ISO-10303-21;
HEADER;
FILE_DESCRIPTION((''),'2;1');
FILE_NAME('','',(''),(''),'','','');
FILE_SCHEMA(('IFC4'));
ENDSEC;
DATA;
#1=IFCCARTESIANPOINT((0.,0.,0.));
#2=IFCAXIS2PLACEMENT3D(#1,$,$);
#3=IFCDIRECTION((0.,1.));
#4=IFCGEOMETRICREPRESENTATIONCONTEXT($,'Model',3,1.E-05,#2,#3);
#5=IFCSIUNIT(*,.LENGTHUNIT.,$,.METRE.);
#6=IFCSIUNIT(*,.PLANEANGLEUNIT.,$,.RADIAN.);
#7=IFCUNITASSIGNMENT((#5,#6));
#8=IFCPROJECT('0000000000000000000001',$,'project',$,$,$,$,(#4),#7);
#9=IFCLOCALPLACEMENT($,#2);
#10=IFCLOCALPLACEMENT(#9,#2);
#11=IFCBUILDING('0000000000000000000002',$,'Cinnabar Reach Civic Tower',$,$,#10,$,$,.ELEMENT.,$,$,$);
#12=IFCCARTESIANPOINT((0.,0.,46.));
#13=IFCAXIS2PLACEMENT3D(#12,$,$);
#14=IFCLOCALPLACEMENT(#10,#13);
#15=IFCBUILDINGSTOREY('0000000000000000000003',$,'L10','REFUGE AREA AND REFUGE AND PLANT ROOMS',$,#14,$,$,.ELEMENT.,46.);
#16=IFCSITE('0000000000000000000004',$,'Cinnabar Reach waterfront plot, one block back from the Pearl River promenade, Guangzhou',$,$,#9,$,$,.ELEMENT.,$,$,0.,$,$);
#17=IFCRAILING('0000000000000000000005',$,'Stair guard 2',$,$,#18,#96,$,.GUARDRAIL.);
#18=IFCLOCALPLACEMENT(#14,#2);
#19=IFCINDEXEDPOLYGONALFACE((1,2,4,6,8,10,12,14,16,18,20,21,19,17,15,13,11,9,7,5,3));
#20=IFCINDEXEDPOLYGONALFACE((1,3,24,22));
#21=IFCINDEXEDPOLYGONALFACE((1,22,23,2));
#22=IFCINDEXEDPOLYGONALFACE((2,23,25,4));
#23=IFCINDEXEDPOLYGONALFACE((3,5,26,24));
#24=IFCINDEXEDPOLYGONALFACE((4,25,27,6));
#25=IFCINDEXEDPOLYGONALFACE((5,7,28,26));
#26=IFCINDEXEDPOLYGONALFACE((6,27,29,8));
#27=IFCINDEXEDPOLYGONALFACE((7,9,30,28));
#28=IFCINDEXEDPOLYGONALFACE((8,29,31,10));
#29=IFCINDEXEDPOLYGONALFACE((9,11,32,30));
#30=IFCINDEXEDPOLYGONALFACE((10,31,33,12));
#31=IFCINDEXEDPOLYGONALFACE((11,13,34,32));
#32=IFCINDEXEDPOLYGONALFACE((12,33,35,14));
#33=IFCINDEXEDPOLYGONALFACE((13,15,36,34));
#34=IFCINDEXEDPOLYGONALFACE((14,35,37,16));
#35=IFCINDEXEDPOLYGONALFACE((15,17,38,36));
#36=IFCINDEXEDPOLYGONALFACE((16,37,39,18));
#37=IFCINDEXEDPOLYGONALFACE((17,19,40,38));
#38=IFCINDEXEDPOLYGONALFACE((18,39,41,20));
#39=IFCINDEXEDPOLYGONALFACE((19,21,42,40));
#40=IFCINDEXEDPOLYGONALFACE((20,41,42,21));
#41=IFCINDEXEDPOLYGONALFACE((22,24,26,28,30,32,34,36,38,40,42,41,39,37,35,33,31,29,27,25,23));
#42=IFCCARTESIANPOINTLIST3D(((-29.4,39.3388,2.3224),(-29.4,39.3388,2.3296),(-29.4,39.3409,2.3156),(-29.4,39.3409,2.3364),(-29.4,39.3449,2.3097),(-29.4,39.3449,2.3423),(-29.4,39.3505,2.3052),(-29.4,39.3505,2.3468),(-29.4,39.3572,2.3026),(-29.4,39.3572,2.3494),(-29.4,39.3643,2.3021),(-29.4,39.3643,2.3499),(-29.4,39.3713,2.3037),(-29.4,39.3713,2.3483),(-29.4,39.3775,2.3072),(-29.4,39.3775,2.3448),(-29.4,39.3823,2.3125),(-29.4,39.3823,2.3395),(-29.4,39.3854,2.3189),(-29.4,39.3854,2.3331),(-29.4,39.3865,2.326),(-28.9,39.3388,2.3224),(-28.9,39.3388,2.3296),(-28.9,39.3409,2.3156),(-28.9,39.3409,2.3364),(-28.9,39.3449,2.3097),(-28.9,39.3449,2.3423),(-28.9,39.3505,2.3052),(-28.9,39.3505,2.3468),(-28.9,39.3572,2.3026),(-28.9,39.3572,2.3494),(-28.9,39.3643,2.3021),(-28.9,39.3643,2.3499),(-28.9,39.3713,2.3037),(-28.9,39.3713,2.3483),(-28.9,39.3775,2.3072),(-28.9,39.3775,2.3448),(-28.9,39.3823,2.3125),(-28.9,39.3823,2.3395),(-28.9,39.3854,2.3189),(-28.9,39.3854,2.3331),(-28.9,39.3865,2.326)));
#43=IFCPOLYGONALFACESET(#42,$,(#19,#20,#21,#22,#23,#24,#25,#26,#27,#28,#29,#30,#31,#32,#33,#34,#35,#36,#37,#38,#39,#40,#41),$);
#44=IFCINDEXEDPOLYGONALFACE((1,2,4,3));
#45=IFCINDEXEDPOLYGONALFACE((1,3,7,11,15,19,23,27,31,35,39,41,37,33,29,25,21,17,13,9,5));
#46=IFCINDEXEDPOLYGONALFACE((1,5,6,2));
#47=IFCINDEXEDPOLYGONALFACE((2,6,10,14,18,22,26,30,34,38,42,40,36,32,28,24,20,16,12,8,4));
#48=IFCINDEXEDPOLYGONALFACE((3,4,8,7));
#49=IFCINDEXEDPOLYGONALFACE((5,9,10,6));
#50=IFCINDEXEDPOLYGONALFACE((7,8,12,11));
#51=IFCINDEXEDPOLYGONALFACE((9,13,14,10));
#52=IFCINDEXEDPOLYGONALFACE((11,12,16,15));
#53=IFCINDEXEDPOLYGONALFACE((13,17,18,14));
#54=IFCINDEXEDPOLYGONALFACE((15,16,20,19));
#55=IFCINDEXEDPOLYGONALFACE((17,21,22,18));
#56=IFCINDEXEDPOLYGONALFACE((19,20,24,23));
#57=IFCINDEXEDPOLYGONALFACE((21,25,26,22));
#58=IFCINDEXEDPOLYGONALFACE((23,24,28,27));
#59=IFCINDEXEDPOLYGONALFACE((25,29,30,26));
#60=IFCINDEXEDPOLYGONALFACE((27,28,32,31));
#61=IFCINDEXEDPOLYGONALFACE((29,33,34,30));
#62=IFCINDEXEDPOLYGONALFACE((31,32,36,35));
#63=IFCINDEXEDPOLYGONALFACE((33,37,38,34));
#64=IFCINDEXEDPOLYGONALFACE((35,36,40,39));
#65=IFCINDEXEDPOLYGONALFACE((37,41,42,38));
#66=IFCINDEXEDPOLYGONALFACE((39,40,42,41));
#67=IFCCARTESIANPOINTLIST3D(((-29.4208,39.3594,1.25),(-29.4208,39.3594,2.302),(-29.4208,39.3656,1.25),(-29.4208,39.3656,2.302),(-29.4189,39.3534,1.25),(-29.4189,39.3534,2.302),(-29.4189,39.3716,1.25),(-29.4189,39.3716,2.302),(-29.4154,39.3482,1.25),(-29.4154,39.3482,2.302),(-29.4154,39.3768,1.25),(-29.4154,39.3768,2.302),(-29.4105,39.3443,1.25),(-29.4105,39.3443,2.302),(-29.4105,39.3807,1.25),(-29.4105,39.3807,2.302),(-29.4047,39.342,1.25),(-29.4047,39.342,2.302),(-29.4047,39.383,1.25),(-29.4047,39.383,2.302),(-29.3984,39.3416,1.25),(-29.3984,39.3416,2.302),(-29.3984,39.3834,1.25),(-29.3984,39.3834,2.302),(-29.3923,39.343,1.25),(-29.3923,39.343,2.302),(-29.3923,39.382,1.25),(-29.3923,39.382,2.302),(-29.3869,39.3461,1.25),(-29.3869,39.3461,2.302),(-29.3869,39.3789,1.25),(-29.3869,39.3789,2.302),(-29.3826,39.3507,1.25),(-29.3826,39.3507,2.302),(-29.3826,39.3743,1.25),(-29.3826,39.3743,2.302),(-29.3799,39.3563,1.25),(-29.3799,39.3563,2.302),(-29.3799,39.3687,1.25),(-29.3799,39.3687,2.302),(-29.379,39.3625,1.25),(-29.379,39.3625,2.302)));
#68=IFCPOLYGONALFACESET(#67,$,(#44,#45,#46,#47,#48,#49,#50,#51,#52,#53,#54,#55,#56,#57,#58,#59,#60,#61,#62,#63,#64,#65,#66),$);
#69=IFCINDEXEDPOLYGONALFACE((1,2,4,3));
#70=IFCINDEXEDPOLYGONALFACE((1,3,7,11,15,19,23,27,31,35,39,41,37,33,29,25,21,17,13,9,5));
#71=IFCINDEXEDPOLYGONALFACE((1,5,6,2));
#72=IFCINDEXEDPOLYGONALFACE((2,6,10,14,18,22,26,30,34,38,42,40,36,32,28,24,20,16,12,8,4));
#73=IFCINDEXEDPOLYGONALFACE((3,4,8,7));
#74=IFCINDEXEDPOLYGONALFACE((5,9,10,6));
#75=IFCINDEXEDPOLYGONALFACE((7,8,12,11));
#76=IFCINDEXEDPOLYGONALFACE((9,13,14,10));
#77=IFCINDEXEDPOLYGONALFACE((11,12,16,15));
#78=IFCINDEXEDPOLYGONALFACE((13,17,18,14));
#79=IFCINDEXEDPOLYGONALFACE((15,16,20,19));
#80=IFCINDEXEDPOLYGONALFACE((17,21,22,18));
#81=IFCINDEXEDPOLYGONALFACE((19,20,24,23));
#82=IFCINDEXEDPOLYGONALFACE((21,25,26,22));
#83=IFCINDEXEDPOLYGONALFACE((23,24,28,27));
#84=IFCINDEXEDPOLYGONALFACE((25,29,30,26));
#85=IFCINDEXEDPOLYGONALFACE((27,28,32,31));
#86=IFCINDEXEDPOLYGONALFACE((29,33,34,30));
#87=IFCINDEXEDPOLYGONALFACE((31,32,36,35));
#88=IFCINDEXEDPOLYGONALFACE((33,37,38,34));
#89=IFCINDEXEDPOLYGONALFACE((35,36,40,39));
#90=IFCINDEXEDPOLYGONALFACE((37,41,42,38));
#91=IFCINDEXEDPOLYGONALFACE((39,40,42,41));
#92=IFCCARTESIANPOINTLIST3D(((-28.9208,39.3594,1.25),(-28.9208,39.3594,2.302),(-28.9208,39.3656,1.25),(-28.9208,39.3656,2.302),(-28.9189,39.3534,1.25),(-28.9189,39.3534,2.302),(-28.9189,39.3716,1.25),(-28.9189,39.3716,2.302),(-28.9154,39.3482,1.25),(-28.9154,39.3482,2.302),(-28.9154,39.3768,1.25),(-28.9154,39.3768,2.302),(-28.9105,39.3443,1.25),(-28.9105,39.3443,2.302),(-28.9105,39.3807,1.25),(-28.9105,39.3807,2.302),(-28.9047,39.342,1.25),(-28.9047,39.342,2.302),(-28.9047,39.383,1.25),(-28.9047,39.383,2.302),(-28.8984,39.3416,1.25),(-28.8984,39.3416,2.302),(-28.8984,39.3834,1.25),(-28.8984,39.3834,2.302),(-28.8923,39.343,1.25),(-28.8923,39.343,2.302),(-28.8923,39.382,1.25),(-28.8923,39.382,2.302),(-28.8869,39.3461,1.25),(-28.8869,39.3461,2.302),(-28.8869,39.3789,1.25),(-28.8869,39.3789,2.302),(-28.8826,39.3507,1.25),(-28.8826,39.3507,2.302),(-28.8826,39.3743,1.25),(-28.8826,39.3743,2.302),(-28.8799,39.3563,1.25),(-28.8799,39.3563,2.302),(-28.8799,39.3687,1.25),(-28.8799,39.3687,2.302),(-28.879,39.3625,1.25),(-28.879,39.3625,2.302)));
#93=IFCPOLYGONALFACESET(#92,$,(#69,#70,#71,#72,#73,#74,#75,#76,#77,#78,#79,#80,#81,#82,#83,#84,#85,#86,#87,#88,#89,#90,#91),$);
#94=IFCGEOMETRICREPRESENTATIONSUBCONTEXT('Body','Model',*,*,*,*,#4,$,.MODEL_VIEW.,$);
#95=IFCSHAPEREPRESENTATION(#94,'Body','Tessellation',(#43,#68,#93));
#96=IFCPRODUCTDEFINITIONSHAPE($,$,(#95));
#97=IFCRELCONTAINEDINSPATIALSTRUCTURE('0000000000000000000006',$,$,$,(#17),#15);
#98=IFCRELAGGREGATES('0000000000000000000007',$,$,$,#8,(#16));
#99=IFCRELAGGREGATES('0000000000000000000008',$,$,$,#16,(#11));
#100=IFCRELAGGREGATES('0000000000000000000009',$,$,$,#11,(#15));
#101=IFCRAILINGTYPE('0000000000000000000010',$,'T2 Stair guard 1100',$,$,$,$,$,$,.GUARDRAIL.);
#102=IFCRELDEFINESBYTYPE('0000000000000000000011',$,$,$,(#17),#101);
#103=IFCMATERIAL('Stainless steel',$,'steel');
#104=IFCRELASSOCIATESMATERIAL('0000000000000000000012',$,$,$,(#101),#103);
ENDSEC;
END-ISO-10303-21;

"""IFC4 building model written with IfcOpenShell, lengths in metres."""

from ifc_helpers import new_model, si_unit, direction, frame, origin, origin_2d, place, context, subcontext, project, spatial, circle, extrude, material, type_object, element, save


model = new_model("IFC4")

# Units and contexts
model_context = context("Model", 3, precision=1e-05, world=origin(), true_north=direction((0.0, 1.0)))
body_context = subcontext(model_context, "Body", "Model", "MODEL_VIEW")
ifc_project = project(units=[si_unit("LENGTHUNIT", "METRE"), si_unit("PLANEANGLEUNIT", "RADIAN")], contexts=[model_context])

# Site, building, storey
site_placement = place(None, origin())
site = spatial("IfcSite", under=ifc_project, at=site_placement, Name="Cinnabar Reach waterfront plot, one block back from the Pearl River promenade, Guangzhou", CompositionType="ELEMENT", RefElevation=0.0)
building_placement = place(site_placement, origin())
building = spatial("IfcBuilding", under=site, at=building_placement, Name="Cinnabar Reach Civic Tower", CompositionType="ELEMENT")
storey_placement = place(building_placement, frame((0.0, 0.0, 46.0)))
storey = spatial("IfcBuildingStorey", under=building, at=storey_placement, Name="L10", Description="REFUGE AREA AND REFUGE AND PLANT ROOMS", CompositionType="ELEMENT", Elevation=46.0)

# Railing
ifc_material_1 = material(Name="Stainless steel", Category="steel")
railing_type = type_object("IfcRailingType", Name="T2 Stair guard 1100", PredefinedType="GUARDRAIL", material=ifc_material_1)
for number, where, name in (
    (1, (-29.4, 39.3625, 1.25), "Stair guard 2"),
):
    element("IfcRailing", number, at=place(storey_placement, frame(where)), inside=storey, type_object=railing_type, Name=name, PredefinedType="GUARDRAIL", context=body_context, shape_type="SweptSolid", body=[
        extrude(circle(Radius=0.024, at=origin_2d()), frame((0.0, 0.0, 1.076), z_axis=(1.0, 0.0, 0.0), x_axis=(0.0, 1.0, 0.0)), (0.0, 0.0, 1.0), 0.5),
        extrude(circle(Radius=0.021, at=origin_2d()), origin(), (0.0, 0.0, 1.0), 1.052),
        extrude(circle(Radius=0.021, at=origin_2d()), frame((0.5, 0.0, 0.0)), (0.0, 0.0, 1.0), 1.052),
    ])

save(model, "model.ifc")
